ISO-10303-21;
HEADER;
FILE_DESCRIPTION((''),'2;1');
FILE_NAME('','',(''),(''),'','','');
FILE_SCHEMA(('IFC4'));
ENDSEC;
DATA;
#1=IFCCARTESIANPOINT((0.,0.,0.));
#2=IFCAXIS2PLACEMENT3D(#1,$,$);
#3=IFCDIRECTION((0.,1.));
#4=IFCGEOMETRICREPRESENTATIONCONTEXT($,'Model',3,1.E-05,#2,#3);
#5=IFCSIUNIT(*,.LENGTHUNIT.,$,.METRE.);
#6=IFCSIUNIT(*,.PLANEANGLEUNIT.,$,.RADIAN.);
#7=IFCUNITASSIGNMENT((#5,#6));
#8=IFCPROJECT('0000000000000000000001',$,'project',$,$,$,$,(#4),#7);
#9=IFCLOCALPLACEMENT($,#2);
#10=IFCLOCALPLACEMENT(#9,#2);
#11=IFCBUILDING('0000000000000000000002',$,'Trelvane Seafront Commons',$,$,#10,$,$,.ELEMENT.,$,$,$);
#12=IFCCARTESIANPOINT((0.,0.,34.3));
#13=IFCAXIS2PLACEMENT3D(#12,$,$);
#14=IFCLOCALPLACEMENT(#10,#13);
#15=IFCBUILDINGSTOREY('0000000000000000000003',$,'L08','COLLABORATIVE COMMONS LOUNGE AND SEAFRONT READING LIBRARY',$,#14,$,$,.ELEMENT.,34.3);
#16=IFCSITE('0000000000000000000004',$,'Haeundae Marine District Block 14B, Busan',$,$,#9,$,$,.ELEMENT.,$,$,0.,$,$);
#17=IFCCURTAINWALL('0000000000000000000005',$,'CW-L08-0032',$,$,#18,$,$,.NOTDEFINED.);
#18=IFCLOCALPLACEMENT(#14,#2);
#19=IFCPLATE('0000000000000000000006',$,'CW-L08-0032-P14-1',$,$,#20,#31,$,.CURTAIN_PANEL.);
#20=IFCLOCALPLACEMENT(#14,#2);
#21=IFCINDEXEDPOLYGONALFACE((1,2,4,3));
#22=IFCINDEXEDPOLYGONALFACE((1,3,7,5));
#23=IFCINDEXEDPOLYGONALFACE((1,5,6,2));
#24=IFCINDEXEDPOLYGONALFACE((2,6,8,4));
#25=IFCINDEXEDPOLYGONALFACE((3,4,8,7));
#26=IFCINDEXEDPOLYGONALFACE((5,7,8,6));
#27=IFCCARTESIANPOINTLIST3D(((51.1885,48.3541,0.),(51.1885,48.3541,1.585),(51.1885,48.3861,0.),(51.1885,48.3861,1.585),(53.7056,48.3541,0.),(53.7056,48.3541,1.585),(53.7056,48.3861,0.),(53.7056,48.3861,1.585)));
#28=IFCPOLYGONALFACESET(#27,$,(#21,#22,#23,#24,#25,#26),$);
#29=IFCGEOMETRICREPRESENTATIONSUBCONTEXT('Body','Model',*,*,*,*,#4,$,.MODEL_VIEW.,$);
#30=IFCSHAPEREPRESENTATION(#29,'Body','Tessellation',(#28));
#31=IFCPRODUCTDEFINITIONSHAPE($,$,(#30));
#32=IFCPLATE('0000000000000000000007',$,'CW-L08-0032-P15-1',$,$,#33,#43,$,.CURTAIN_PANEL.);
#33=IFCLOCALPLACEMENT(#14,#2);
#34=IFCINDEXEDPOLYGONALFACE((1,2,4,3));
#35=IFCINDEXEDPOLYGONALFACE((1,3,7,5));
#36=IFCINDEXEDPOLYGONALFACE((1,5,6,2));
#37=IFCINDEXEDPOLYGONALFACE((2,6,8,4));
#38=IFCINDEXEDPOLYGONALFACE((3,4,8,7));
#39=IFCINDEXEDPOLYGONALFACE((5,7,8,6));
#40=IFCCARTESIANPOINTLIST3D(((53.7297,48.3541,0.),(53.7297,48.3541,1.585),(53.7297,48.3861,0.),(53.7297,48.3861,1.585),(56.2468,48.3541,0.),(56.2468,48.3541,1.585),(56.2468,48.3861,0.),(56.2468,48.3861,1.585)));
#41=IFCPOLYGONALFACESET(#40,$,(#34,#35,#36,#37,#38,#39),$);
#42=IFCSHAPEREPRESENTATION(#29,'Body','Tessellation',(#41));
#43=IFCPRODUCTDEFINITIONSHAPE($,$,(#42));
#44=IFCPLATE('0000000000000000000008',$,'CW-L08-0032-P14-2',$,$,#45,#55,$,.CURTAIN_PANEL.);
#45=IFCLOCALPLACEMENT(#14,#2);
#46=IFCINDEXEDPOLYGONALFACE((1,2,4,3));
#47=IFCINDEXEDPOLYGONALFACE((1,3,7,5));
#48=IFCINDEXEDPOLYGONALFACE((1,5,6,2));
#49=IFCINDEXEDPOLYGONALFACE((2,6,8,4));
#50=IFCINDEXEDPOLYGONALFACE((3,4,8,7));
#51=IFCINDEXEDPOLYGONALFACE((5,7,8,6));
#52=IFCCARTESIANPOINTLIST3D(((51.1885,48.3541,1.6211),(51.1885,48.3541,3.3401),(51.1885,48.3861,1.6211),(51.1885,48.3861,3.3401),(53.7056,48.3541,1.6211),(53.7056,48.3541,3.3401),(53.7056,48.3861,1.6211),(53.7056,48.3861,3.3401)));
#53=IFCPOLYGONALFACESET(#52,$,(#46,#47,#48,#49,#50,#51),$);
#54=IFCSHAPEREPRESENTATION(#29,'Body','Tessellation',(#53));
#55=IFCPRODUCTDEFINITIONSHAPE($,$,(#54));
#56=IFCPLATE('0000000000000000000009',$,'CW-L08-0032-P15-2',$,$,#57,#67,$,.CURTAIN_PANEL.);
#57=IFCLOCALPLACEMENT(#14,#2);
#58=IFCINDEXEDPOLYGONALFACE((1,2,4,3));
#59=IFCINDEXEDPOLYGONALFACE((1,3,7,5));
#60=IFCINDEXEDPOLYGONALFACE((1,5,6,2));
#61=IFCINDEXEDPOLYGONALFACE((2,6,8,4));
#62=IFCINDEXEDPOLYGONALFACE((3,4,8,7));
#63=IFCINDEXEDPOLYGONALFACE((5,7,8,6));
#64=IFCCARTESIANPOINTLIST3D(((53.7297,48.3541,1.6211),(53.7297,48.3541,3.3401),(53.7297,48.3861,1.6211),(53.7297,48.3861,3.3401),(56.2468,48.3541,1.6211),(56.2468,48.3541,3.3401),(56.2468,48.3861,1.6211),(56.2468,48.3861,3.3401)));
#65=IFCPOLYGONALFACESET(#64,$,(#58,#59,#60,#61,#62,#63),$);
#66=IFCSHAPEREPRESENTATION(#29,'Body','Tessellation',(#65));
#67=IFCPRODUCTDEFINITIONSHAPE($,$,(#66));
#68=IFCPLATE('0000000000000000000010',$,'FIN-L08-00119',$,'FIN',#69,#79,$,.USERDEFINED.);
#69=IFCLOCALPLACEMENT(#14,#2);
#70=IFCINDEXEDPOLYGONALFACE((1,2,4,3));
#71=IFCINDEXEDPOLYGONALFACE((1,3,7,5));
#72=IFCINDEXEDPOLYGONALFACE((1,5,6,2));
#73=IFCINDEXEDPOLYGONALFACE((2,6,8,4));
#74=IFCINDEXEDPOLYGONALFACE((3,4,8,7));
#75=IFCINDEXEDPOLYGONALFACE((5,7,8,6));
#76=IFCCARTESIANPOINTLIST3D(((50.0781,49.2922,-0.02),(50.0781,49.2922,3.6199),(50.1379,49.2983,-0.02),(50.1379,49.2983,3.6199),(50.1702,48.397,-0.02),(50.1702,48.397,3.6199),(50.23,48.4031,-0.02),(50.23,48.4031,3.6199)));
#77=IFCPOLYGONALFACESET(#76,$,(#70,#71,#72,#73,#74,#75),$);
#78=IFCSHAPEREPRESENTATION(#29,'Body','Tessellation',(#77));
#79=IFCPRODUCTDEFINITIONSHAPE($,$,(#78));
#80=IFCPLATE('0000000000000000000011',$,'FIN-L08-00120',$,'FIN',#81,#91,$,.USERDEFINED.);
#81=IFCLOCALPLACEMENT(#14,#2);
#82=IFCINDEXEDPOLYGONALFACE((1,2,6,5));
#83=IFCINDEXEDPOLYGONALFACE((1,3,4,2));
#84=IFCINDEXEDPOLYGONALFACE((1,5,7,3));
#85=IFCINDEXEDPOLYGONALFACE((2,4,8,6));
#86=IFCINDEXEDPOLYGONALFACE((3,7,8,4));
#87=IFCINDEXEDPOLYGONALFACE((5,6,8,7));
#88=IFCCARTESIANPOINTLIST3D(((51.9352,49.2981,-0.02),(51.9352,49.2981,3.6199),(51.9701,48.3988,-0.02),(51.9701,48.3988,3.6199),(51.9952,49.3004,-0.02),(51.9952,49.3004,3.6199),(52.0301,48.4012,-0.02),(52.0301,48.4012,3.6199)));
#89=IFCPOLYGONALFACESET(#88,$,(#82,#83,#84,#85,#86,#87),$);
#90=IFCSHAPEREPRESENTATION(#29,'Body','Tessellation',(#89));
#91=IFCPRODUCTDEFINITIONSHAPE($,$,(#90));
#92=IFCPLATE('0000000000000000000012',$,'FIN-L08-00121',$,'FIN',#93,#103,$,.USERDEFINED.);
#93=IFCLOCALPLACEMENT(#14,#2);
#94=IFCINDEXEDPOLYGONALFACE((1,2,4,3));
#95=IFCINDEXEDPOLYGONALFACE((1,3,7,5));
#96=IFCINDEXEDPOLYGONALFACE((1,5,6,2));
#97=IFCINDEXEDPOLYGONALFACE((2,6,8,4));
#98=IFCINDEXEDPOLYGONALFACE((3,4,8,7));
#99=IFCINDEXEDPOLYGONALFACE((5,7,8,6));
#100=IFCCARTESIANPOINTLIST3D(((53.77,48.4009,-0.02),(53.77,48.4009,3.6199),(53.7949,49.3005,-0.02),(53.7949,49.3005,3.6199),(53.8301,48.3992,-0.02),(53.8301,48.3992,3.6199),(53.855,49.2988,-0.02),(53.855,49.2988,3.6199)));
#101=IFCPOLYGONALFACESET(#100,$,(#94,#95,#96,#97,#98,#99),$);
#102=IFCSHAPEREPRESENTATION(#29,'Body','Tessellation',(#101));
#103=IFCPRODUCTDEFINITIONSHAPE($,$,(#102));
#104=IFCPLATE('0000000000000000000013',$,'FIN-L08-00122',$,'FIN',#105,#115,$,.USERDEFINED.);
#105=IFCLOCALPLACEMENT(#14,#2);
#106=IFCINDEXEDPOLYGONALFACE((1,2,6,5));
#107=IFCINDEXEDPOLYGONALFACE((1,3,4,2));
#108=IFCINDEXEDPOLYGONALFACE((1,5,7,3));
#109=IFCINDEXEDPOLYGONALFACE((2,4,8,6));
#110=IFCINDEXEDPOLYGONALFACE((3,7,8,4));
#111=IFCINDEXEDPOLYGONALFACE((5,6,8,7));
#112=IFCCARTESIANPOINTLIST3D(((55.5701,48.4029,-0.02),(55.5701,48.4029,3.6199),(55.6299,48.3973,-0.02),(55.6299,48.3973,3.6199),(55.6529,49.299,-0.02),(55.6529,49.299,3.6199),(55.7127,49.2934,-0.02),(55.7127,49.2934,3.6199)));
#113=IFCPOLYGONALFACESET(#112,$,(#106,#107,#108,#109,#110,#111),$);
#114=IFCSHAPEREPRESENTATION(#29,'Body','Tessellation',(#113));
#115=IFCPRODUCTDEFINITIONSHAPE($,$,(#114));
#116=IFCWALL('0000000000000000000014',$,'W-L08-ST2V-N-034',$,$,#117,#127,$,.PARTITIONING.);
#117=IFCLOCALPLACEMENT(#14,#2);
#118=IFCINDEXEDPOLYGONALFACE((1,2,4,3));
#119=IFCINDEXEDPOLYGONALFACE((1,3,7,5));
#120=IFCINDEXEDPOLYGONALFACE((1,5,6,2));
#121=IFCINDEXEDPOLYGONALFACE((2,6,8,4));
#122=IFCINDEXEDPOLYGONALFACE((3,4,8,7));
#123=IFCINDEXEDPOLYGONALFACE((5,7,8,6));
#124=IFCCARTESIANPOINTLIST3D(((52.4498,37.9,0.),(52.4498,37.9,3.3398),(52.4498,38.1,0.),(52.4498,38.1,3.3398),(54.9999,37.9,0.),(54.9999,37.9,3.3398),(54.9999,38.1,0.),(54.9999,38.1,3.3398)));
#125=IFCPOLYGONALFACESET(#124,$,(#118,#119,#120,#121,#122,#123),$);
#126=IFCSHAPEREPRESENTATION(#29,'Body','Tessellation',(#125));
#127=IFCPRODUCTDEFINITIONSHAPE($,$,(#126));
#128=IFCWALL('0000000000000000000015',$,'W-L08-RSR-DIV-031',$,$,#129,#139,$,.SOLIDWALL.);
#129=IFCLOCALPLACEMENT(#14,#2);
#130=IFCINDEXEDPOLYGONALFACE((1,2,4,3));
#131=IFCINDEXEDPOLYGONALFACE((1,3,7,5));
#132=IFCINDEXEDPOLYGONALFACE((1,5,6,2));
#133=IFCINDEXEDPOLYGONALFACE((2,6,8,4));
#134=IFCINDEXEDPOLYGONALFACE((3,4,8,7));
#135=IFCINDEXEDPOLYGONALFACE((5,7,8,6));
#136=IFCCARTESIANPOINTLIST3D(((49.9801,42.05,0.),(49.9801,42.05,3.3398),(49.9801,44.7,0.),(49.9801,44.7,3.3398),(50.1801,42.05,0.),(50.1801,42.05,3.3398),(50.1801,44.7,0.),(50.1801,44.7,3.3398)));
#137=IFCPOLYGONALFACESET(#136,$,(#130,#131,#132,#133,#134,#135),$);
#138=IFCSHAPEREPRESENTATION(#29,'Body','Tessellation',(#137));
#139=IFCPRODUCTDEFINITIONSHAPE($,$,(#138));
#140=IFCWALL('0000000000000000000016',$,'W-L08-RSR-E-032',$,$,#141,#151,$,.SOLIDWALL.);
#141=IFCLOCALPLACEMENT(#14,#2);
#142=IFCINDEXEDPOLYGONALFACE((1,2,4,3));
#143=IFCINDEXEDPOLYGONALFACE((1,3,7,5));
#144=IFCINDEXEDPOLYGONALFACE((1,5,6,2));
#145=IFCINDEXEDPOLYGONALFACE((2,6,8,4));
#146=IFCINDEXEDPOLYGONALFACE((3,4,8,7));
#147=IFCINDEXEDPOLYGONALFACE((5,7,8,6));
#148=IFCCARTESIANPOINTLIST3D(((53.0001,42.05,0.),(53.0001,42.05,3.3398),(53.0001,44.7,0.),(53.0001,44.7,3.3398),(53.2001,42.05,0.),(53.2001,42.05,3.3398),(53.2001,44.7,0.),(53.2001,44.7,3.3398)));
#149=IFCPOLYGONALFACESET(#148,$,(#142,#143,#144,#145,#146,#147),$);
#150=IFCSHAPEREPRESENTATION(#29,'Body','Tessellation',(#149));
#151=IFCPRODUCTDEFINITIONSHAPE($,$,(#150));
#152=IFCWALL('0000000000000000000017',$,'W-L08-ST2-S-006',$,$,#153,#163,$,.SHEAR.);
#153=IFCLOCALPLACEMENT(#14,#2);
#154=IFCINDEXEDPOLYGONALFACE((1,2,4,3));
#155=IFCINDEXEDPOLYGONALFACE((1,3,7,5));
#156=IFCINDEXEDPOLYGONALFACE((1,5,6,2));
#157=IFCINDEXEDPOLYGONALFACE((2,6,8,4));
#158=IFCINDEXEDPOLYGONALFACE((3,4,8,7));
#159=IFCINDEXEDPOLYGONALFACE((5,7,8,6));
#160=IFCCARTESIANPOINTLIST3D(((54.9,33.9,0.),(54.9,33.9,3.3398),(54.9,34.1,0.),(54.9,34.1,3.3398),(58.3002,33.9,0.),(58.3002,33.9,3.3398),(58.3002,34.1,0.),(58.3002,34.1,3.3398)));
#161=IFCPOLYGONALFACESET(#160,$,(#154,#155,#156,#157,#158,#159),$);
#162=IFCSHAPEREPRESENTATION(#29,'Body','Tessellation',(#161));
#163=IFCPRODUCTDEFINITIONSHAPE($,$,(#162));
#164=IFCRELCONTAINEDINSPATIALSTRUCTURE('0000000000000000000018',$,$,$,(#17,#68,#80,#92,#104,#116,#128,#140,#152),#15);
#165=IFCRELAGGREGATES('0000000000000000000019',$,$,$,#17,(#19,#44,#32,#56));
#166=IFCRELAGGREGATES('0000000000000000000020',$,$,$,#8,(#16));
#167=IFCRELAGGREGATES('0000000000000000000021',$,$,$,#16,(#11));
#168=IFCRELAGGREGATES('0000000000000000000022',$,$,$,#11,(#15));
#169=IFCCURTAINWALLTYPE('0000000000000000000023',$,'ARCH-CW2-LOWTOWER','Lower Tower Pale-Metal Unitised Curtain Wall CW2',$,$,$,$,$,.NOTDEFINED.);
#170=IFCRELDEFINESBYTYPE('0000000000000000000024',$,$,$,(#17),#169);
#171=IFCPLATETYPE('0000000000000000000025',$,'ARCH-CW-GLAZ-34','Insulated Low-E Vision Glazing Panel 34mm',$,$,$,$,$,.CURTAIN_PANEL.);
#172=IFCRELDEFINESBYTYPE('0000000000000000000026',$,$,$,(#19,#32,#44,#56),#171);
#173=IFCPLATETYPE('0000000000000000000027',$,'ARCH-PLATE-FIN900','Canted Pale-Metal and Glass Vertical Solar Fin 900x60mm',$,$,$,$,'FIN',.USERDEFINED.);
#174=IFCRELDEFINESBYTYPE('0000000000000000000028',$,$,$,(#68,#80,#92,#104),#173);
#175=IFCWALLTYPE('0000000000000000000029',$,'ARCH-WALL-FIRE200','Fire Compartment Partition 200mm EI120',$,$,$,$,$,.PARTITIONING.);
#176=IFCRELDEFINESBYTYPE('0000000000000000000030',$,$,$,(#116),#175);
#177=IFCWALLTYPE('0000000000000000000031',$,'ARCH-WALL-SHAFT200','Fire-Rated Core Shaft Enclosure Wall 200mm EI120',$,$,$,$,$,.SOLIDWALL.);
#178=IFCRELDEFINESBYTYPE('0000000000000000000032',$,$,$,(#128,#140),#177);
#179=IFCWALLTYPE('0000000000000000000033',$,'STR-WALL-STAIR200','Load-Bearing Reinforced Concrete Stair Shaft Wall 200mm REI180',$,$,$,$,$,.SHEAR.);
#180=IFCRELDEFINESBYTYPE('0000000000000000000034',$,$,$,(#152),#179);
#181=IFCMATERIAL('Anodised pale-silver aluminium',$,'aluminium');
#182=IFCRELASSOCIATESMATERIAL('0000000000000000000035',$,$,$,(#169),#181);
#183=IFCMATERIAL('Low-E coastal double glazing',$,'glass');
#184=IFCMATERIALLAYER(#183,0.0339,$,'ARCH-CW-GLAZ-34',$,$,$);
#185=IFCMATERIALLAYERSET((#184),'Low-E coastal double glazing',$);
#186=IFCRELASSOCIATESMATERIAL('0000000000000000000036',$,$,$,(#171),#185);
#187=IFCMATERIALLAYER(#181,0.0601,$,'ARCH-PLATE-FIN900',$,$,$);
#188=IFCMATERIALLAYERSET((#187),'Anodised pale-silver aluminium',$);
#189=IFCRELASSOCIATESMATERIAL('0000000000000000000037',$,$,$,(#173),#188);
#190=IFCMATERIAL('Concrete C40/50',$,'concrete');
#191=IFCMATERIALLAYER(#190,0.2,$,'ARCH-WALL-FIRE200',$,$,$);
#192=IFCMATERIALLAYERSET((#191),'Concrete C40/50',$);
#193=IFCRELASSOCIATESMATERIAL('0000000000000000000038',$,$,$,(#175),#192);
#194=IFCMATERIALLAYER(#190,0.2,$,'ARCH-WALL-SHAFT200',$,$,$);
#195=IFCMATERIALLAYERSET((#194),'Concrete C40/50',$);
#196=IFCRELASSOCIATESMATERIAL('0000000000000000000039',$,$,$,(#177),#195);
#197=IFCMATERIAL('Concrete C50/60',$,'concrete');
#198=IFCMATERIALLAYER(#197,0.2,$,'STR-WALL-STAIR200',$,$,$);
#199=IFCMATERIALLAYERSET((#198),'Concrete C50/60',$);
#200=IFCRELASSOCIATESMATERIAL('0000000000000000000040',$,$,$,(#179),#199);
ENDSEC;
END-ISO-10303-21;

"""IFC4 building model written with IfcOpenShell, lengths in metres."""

from ifc_helpers import new_model, si_unit, direction, frame, frame_2d, origin, origin_2d, place, context, subcontext, project, spatial, rectangle, extrude, source, transform, mapped, material, layer, layer_set, type_object, element, aggregate, save


model = new_model("IFC4")

# Units and contexts
model_context = context("Model", 3, precision=1e-05, world=origin(), true_north=direction((0.0, 1.0)))
body_context = subcontext(model_context, "Body", "Model", "MODEL_VIEW")
ifc_project = project(units=[si_unit("LENGTHUNIT", "METRE"), si_unit("PLANEANGLEUNIT", "RADIAN")], contexts=[model_context])

# Site, building, storey
site_placement = place(None, origin())
site = spatial("IfcSite", under=ifc_project, at=site_placement, Name="Haeundae Marine District Block 14B, Busan", CompositionType="ELEMENT", RefElevation=0.0)
building_placement = place(site_placement, origin())
building = spatial("IfcBuilding", under=site, at=building_placement, Name="Trelvane Seafront Commons", CompositionType="ELEMENT")
storey_placement = place(building_placement, frame((0.0, 0.0, 34.3)))
storey = spatial("IfcBuildingStorey", under=building, at=storey_placement, Name="L08", Description="COLLABORATIVE COMMONS LOUNGE AND SEAFRONT READING LIBRARY", CompositionType="ELEMENT", Elevation=34.3)

# Curtain wall, plates
ifc_material_1 = material(Name="Anodised pale-silver aluminium", Category="aluminium")
curtain_wall_type = type_object("IfcCurtainWallType", Name="ARCH-CW2-LOWTOWER", Description="Lower Tower Pale-Metal Unitised Curtain Wall CW2", PredefinedType="NOTDEFINED", material=ifc_material_1)
curtain_wall_placement = place(storey_placement, origin())
curtain_wall = element("IfcCurtainWall", 1, at=curtain_wall_placement, inside=storey, type_object=curtain_wall_type, Name="CW-L08-0032", PredefinedType="NOTDEFINED")
ifc_material_2 = material(Name="Low-E coastal double glazing", Category="glass")
ifc_layer_1 = layer(ifc_material_2, 0.0339, Name="ARCH-CW-GLAZ-34")
ifc_layer_set_1 = layer_set([ifc_layer_1], Name="Low-E coastal double glazing")
plate_type_1 = type_object("IfcPlateType", Name="ARCH-CW-GLAZ-34", Description="Insulated Low-E Vision Glazing Panel 34mm", PredefinedType="CURTAIN_PANEL", material=ifc_layer_set_1)
shared_shape_1 = source(origin(), body_context, "Body", "SweptSolid", [
    extrude(rectangle(XDim=2.5171, YDim=0.032, at=origin_2d()), origin(), (0.0, 0.0, 1.0), 1.585),
])
plate_1_placement = place(storey_placement, frame((52.447, 48.3701, 0.0), z_axis=(0.0, 0.0, 1.0), x_axis=(1.0, 0.0, 0.0)))
plate_1 = element("IfcPlate", 2, at=plate_1_placement, type_object=plate_type_1, Name="CW-L08-0032-P14-1", PredefinedType="CURTAIN_PANEL", context=body_context, shape_type="MappedRepresentation", body=[
    mapped(shared_shape_1, transform((0.0, 0.0, 0.0), x_axis=(1.0, 0.0, 0.0), y_axis=(0.0, 1.0, 0.0), z_axis=(0.0, 0.0, 1.0), scale=1.0)),
])
plate_2_placement = place(storey_placement, frame((54.9883, 48.3701, 0.0), z_axis=(0.0, 0.0, 1.0), x_axis=(1.0, 0.0, 0.0)))
plate_2 = element("IfcPlate", 3, at=plate_2_placement, type_object=plate_type_1, Name="CW-L08-0032-P15-1", PredefinedType="CURTAIN_PANEL", context=body_context, shape_type="MappedRepresentation", body=[
    mapped(shared_shape_1, transform((0.0, 0.0, 0.0), x_axis=(1.0, 0.0, 0.0), y_axis=(0.0, 1.0, 0.0), z_axis=(0.0, 0.0, 1.0), scale=1.0)),
])
shared_shape_2 = source(origin(), body_context, "Body", "SweptSolid", [
    extrude(rectangle(XDim=2.5171, YDim=0.032, at=origin_2d()), origin(), (0.0, 0.0, 1.0), 1.719),
])
plate_3_placement = place(storey_placement, frame((52.447, 48.3701, 1.6211), z_axis=(0.0, 0.0, 1.0), x_axis=(1.0, 0.0, 0.0)))
plate_3 = element("IfcPlate", 4, at=plate_3_placement, type_object=plate_type_1, Name="CW-L08-0032-P14-2", PredefinedType="CURTAIN_PANEL", context=body_context, shape_type="MappedRepresentation", body=[
    mapped(shared_shape_2, transform((0.0, 0.0, 0.0), x_axis=(1.0, 0.0, 0.0), y_axis=(0.0, 1.0, 0.0), z_axis=(0.0, 0.0, 1.0), scale=1.0)),
])
plate_4_placement = place(storey_placement, frame((54.9883, 48.3701, 1.6211), z_axis=(0.0, 0.0, 1.0), x_axis=(1.0, 0.0, 0.0)))
plate_4 = element("IfcPlate", 5, at=plate_4_placement, type_object=plate_type_1, Name="CW-L08-0032-P15-2", PredefinedType="CURTAIN_PANEL", context=body_context, shape_type="MappedRepresentation", body=[
    mapped(shared_shape_2, transform((0.0, 0.0, 0.0), x_axis=(1.0, 0.0, 0.0), y_axis=(0.0, 1.0, 0.0), z_axis=(0.0, 0.0, 1.0), scale=1.0)),
])
aggregate(curtain_wall, [plate_1, plate_3, plate_2, plate_4])

# Plates
ifc_layer_2 = layer(ifc_material_1, 0.0601, Name="ARCH-PLATE-FIN900")
ifc_layer_set_2 = layer_set([ifc_layer_2], Name="Anodised pale-silver aluminium")
plate_type_2 = type_object("IfcPlateType", Name="ARCH-PLATE-FIN900", Description="Canted Pale-Metal and Glass Vertical Solar Fin 900x60mm", ElementType="FIN", PredefinedType="USERDEFINED", material=ifc_layer_set_2)
shared_shape_3 = source(origin(), body_context, "Body", "SweptSolid", [
    extrude(rectangle(XDim=0.8999, YDim=0.0601, at=origin_2d()), origin(), (0.0, 0.0, 1.0), 3.6399),
])
for number, where, z_axis, x_axis, name in (
    (6, (50.1541, 48.8477, -0.02), (0.0, 0.0, 1.0), (-0.102331, 0.99475, 0.0), "FIN-L08-00119"),
    (7, (51.9827, 48.8496, -0.02), (0.0, 0.0, 1.0), (-0.038778, 0.999248, 0.0), "FIN-L08-00120"),
    (8, (53.8125, 48.8499, -0.02), (0.0, 0.0, 1.0), (0.027665, 0.999617, 0.0), "FIN-L08-00121"),
    (9, (55.6414, 48.8481, -0.02), (0.0, 0.0, 1.0), (0.091999, 0.995759, 0.0), "FIN-L08-00122"),
):
    element("IfcPlate", number, at=place(storey_placement, frame(where, z_axis=z_axis, x_axis=x_axis)), inside=storey, type_object=plate_type_2, Name=name, ObjectType="FIN", PredefinedType="USERDEFINED", context=body_context, shape_type="MappedRepresentation", body=[
        mapped(shared_shape_3, transform((0.0, 0.0, 0.0), x_axis=(1.0, 0.0, 0.0), y_axis=(0.0, 1.0, 0.0), z_axis=(0.0, 0.0, 1.0), scale=1.0)),
    ])

# Walls
ifc_material_3 = material(Name="Concrete C40/50", Category="concrete")
ifc_layer_3 = layer(ifc_material_3, 0.2, Name="ARCH-WALL-FIRE200")
ifc_layer_set_3 = layer_set([ifc_layer_3], Name="Concrete C40/50")
wall_type_1 = type_object("IfcWallType", Name="ARCH-WALL-FIRE200", Description="Fire Compartment Partition 200mm EI120", PredefinedType="PARTITIONING", material=ifc_layer_set_3)
wall_1_placement = place(storey_placement, frame((52.45, 38.0, 0.0), z_axis=(0.0, 0.0, 1.0), x_axis=(1.0, 0.0, 0.0)))
element("IfcWall", 10, at=wall_1_placement, inside=storey, type_object=wall_type_1, Name="W-L08-ST2V-N-034", PredefinedType="PARTITIONING", context=body_context, shape_type="SweptSolid", body=[
    extrude(rectangle(XDim=2.55, YDim=0.2, at=frame_2d((1.2749, 0.0))), origin(), (0.0, 0.0, 1.0), 3.3398),
])
ifc_layer_4 = layer(ifc_material_3, 0.2, Name="ARCH-WALL-SHAFT200")
ifc_layer_set_4 = layer_set([ifc_layer_4], Name="Concrete C40/50")
wall_type_2 = type_object("IfcWallType", Name="ARCH-WALL-SHAFT200", Description="Fire-Rated Core Shaft Enclosure Wall 200mm EI120", PredefinedType="SOLIDWALL", material=ifc_layer_set_4)
for number, where, z_axis, x_axis, name in (
    (11, (50.0801, 42.05, 0.0), (0.0, 0.0, 1.0), (0.0, 1.0, 0.0), "W-L08-RSR-DIV-031"),
    (12, (53.1001, 42.05, 0.0), (0.0, 0.0, 1.0), (0.0, 1.0, 0.0), "W-L08-RSR-E-032"),
):
    element("IfcWall", number, at=place(storey_placement, frame(where, z_axis=z_axis, x_axis=x_axis)), inside=storey, type_object=wall_type_2, Name=name, PredefinedType="SOLIDWALL", context=body_context, shape_type="SweptSolid", body=[
        extrude(rectangle(XDim=2.6499, YDim=0.2, at=frame_2d((1.325, 0.0))), origin(), (0.0, 0.0, 1.0), 3.3398),
    ])
ifc_material_4 = material(Name="Concrete C50/60", Category="concrete")
ifc_layer_5 = layer(ifc_material_4, 0.2, Name="STR-WALL-STAIR200")
ifc_layer_set_5 = layer_set([ifc_layer_5], Name="Concrete C50/60")
wall_type_3 = type_object("IfcWallType", Name="STR-WALL-STAIR200", Description="Load-Bearing Reinforced Concrete Stair Shaft Wall 200mm REI180", PredefinedType="SHEAR", material=ifc_layer_set_5)
wall_2_placement = place(storey_placement, frame((54.8999, 34.0, 0.0), z_axis=(0.0, 0.0, 1.0), x_axis=(1.0, 0.0, 0.0)))
element("IfcWall", 13, at=wall_2_placement, inside=storey, type_object=wall_type_3, Name="W-L08-ST2-S-006", PredefinedType="SHEAR", context=body_context, shape_type="SweptSolid", body=[
    extrude(rectangle(XDim=3.4001, YDim=0.2, at=frame_2d((1.7002, 0.0))), origin(), (0.0, 0.0, 1.0), 3.3398),
])

save(model, "model.ifc")
